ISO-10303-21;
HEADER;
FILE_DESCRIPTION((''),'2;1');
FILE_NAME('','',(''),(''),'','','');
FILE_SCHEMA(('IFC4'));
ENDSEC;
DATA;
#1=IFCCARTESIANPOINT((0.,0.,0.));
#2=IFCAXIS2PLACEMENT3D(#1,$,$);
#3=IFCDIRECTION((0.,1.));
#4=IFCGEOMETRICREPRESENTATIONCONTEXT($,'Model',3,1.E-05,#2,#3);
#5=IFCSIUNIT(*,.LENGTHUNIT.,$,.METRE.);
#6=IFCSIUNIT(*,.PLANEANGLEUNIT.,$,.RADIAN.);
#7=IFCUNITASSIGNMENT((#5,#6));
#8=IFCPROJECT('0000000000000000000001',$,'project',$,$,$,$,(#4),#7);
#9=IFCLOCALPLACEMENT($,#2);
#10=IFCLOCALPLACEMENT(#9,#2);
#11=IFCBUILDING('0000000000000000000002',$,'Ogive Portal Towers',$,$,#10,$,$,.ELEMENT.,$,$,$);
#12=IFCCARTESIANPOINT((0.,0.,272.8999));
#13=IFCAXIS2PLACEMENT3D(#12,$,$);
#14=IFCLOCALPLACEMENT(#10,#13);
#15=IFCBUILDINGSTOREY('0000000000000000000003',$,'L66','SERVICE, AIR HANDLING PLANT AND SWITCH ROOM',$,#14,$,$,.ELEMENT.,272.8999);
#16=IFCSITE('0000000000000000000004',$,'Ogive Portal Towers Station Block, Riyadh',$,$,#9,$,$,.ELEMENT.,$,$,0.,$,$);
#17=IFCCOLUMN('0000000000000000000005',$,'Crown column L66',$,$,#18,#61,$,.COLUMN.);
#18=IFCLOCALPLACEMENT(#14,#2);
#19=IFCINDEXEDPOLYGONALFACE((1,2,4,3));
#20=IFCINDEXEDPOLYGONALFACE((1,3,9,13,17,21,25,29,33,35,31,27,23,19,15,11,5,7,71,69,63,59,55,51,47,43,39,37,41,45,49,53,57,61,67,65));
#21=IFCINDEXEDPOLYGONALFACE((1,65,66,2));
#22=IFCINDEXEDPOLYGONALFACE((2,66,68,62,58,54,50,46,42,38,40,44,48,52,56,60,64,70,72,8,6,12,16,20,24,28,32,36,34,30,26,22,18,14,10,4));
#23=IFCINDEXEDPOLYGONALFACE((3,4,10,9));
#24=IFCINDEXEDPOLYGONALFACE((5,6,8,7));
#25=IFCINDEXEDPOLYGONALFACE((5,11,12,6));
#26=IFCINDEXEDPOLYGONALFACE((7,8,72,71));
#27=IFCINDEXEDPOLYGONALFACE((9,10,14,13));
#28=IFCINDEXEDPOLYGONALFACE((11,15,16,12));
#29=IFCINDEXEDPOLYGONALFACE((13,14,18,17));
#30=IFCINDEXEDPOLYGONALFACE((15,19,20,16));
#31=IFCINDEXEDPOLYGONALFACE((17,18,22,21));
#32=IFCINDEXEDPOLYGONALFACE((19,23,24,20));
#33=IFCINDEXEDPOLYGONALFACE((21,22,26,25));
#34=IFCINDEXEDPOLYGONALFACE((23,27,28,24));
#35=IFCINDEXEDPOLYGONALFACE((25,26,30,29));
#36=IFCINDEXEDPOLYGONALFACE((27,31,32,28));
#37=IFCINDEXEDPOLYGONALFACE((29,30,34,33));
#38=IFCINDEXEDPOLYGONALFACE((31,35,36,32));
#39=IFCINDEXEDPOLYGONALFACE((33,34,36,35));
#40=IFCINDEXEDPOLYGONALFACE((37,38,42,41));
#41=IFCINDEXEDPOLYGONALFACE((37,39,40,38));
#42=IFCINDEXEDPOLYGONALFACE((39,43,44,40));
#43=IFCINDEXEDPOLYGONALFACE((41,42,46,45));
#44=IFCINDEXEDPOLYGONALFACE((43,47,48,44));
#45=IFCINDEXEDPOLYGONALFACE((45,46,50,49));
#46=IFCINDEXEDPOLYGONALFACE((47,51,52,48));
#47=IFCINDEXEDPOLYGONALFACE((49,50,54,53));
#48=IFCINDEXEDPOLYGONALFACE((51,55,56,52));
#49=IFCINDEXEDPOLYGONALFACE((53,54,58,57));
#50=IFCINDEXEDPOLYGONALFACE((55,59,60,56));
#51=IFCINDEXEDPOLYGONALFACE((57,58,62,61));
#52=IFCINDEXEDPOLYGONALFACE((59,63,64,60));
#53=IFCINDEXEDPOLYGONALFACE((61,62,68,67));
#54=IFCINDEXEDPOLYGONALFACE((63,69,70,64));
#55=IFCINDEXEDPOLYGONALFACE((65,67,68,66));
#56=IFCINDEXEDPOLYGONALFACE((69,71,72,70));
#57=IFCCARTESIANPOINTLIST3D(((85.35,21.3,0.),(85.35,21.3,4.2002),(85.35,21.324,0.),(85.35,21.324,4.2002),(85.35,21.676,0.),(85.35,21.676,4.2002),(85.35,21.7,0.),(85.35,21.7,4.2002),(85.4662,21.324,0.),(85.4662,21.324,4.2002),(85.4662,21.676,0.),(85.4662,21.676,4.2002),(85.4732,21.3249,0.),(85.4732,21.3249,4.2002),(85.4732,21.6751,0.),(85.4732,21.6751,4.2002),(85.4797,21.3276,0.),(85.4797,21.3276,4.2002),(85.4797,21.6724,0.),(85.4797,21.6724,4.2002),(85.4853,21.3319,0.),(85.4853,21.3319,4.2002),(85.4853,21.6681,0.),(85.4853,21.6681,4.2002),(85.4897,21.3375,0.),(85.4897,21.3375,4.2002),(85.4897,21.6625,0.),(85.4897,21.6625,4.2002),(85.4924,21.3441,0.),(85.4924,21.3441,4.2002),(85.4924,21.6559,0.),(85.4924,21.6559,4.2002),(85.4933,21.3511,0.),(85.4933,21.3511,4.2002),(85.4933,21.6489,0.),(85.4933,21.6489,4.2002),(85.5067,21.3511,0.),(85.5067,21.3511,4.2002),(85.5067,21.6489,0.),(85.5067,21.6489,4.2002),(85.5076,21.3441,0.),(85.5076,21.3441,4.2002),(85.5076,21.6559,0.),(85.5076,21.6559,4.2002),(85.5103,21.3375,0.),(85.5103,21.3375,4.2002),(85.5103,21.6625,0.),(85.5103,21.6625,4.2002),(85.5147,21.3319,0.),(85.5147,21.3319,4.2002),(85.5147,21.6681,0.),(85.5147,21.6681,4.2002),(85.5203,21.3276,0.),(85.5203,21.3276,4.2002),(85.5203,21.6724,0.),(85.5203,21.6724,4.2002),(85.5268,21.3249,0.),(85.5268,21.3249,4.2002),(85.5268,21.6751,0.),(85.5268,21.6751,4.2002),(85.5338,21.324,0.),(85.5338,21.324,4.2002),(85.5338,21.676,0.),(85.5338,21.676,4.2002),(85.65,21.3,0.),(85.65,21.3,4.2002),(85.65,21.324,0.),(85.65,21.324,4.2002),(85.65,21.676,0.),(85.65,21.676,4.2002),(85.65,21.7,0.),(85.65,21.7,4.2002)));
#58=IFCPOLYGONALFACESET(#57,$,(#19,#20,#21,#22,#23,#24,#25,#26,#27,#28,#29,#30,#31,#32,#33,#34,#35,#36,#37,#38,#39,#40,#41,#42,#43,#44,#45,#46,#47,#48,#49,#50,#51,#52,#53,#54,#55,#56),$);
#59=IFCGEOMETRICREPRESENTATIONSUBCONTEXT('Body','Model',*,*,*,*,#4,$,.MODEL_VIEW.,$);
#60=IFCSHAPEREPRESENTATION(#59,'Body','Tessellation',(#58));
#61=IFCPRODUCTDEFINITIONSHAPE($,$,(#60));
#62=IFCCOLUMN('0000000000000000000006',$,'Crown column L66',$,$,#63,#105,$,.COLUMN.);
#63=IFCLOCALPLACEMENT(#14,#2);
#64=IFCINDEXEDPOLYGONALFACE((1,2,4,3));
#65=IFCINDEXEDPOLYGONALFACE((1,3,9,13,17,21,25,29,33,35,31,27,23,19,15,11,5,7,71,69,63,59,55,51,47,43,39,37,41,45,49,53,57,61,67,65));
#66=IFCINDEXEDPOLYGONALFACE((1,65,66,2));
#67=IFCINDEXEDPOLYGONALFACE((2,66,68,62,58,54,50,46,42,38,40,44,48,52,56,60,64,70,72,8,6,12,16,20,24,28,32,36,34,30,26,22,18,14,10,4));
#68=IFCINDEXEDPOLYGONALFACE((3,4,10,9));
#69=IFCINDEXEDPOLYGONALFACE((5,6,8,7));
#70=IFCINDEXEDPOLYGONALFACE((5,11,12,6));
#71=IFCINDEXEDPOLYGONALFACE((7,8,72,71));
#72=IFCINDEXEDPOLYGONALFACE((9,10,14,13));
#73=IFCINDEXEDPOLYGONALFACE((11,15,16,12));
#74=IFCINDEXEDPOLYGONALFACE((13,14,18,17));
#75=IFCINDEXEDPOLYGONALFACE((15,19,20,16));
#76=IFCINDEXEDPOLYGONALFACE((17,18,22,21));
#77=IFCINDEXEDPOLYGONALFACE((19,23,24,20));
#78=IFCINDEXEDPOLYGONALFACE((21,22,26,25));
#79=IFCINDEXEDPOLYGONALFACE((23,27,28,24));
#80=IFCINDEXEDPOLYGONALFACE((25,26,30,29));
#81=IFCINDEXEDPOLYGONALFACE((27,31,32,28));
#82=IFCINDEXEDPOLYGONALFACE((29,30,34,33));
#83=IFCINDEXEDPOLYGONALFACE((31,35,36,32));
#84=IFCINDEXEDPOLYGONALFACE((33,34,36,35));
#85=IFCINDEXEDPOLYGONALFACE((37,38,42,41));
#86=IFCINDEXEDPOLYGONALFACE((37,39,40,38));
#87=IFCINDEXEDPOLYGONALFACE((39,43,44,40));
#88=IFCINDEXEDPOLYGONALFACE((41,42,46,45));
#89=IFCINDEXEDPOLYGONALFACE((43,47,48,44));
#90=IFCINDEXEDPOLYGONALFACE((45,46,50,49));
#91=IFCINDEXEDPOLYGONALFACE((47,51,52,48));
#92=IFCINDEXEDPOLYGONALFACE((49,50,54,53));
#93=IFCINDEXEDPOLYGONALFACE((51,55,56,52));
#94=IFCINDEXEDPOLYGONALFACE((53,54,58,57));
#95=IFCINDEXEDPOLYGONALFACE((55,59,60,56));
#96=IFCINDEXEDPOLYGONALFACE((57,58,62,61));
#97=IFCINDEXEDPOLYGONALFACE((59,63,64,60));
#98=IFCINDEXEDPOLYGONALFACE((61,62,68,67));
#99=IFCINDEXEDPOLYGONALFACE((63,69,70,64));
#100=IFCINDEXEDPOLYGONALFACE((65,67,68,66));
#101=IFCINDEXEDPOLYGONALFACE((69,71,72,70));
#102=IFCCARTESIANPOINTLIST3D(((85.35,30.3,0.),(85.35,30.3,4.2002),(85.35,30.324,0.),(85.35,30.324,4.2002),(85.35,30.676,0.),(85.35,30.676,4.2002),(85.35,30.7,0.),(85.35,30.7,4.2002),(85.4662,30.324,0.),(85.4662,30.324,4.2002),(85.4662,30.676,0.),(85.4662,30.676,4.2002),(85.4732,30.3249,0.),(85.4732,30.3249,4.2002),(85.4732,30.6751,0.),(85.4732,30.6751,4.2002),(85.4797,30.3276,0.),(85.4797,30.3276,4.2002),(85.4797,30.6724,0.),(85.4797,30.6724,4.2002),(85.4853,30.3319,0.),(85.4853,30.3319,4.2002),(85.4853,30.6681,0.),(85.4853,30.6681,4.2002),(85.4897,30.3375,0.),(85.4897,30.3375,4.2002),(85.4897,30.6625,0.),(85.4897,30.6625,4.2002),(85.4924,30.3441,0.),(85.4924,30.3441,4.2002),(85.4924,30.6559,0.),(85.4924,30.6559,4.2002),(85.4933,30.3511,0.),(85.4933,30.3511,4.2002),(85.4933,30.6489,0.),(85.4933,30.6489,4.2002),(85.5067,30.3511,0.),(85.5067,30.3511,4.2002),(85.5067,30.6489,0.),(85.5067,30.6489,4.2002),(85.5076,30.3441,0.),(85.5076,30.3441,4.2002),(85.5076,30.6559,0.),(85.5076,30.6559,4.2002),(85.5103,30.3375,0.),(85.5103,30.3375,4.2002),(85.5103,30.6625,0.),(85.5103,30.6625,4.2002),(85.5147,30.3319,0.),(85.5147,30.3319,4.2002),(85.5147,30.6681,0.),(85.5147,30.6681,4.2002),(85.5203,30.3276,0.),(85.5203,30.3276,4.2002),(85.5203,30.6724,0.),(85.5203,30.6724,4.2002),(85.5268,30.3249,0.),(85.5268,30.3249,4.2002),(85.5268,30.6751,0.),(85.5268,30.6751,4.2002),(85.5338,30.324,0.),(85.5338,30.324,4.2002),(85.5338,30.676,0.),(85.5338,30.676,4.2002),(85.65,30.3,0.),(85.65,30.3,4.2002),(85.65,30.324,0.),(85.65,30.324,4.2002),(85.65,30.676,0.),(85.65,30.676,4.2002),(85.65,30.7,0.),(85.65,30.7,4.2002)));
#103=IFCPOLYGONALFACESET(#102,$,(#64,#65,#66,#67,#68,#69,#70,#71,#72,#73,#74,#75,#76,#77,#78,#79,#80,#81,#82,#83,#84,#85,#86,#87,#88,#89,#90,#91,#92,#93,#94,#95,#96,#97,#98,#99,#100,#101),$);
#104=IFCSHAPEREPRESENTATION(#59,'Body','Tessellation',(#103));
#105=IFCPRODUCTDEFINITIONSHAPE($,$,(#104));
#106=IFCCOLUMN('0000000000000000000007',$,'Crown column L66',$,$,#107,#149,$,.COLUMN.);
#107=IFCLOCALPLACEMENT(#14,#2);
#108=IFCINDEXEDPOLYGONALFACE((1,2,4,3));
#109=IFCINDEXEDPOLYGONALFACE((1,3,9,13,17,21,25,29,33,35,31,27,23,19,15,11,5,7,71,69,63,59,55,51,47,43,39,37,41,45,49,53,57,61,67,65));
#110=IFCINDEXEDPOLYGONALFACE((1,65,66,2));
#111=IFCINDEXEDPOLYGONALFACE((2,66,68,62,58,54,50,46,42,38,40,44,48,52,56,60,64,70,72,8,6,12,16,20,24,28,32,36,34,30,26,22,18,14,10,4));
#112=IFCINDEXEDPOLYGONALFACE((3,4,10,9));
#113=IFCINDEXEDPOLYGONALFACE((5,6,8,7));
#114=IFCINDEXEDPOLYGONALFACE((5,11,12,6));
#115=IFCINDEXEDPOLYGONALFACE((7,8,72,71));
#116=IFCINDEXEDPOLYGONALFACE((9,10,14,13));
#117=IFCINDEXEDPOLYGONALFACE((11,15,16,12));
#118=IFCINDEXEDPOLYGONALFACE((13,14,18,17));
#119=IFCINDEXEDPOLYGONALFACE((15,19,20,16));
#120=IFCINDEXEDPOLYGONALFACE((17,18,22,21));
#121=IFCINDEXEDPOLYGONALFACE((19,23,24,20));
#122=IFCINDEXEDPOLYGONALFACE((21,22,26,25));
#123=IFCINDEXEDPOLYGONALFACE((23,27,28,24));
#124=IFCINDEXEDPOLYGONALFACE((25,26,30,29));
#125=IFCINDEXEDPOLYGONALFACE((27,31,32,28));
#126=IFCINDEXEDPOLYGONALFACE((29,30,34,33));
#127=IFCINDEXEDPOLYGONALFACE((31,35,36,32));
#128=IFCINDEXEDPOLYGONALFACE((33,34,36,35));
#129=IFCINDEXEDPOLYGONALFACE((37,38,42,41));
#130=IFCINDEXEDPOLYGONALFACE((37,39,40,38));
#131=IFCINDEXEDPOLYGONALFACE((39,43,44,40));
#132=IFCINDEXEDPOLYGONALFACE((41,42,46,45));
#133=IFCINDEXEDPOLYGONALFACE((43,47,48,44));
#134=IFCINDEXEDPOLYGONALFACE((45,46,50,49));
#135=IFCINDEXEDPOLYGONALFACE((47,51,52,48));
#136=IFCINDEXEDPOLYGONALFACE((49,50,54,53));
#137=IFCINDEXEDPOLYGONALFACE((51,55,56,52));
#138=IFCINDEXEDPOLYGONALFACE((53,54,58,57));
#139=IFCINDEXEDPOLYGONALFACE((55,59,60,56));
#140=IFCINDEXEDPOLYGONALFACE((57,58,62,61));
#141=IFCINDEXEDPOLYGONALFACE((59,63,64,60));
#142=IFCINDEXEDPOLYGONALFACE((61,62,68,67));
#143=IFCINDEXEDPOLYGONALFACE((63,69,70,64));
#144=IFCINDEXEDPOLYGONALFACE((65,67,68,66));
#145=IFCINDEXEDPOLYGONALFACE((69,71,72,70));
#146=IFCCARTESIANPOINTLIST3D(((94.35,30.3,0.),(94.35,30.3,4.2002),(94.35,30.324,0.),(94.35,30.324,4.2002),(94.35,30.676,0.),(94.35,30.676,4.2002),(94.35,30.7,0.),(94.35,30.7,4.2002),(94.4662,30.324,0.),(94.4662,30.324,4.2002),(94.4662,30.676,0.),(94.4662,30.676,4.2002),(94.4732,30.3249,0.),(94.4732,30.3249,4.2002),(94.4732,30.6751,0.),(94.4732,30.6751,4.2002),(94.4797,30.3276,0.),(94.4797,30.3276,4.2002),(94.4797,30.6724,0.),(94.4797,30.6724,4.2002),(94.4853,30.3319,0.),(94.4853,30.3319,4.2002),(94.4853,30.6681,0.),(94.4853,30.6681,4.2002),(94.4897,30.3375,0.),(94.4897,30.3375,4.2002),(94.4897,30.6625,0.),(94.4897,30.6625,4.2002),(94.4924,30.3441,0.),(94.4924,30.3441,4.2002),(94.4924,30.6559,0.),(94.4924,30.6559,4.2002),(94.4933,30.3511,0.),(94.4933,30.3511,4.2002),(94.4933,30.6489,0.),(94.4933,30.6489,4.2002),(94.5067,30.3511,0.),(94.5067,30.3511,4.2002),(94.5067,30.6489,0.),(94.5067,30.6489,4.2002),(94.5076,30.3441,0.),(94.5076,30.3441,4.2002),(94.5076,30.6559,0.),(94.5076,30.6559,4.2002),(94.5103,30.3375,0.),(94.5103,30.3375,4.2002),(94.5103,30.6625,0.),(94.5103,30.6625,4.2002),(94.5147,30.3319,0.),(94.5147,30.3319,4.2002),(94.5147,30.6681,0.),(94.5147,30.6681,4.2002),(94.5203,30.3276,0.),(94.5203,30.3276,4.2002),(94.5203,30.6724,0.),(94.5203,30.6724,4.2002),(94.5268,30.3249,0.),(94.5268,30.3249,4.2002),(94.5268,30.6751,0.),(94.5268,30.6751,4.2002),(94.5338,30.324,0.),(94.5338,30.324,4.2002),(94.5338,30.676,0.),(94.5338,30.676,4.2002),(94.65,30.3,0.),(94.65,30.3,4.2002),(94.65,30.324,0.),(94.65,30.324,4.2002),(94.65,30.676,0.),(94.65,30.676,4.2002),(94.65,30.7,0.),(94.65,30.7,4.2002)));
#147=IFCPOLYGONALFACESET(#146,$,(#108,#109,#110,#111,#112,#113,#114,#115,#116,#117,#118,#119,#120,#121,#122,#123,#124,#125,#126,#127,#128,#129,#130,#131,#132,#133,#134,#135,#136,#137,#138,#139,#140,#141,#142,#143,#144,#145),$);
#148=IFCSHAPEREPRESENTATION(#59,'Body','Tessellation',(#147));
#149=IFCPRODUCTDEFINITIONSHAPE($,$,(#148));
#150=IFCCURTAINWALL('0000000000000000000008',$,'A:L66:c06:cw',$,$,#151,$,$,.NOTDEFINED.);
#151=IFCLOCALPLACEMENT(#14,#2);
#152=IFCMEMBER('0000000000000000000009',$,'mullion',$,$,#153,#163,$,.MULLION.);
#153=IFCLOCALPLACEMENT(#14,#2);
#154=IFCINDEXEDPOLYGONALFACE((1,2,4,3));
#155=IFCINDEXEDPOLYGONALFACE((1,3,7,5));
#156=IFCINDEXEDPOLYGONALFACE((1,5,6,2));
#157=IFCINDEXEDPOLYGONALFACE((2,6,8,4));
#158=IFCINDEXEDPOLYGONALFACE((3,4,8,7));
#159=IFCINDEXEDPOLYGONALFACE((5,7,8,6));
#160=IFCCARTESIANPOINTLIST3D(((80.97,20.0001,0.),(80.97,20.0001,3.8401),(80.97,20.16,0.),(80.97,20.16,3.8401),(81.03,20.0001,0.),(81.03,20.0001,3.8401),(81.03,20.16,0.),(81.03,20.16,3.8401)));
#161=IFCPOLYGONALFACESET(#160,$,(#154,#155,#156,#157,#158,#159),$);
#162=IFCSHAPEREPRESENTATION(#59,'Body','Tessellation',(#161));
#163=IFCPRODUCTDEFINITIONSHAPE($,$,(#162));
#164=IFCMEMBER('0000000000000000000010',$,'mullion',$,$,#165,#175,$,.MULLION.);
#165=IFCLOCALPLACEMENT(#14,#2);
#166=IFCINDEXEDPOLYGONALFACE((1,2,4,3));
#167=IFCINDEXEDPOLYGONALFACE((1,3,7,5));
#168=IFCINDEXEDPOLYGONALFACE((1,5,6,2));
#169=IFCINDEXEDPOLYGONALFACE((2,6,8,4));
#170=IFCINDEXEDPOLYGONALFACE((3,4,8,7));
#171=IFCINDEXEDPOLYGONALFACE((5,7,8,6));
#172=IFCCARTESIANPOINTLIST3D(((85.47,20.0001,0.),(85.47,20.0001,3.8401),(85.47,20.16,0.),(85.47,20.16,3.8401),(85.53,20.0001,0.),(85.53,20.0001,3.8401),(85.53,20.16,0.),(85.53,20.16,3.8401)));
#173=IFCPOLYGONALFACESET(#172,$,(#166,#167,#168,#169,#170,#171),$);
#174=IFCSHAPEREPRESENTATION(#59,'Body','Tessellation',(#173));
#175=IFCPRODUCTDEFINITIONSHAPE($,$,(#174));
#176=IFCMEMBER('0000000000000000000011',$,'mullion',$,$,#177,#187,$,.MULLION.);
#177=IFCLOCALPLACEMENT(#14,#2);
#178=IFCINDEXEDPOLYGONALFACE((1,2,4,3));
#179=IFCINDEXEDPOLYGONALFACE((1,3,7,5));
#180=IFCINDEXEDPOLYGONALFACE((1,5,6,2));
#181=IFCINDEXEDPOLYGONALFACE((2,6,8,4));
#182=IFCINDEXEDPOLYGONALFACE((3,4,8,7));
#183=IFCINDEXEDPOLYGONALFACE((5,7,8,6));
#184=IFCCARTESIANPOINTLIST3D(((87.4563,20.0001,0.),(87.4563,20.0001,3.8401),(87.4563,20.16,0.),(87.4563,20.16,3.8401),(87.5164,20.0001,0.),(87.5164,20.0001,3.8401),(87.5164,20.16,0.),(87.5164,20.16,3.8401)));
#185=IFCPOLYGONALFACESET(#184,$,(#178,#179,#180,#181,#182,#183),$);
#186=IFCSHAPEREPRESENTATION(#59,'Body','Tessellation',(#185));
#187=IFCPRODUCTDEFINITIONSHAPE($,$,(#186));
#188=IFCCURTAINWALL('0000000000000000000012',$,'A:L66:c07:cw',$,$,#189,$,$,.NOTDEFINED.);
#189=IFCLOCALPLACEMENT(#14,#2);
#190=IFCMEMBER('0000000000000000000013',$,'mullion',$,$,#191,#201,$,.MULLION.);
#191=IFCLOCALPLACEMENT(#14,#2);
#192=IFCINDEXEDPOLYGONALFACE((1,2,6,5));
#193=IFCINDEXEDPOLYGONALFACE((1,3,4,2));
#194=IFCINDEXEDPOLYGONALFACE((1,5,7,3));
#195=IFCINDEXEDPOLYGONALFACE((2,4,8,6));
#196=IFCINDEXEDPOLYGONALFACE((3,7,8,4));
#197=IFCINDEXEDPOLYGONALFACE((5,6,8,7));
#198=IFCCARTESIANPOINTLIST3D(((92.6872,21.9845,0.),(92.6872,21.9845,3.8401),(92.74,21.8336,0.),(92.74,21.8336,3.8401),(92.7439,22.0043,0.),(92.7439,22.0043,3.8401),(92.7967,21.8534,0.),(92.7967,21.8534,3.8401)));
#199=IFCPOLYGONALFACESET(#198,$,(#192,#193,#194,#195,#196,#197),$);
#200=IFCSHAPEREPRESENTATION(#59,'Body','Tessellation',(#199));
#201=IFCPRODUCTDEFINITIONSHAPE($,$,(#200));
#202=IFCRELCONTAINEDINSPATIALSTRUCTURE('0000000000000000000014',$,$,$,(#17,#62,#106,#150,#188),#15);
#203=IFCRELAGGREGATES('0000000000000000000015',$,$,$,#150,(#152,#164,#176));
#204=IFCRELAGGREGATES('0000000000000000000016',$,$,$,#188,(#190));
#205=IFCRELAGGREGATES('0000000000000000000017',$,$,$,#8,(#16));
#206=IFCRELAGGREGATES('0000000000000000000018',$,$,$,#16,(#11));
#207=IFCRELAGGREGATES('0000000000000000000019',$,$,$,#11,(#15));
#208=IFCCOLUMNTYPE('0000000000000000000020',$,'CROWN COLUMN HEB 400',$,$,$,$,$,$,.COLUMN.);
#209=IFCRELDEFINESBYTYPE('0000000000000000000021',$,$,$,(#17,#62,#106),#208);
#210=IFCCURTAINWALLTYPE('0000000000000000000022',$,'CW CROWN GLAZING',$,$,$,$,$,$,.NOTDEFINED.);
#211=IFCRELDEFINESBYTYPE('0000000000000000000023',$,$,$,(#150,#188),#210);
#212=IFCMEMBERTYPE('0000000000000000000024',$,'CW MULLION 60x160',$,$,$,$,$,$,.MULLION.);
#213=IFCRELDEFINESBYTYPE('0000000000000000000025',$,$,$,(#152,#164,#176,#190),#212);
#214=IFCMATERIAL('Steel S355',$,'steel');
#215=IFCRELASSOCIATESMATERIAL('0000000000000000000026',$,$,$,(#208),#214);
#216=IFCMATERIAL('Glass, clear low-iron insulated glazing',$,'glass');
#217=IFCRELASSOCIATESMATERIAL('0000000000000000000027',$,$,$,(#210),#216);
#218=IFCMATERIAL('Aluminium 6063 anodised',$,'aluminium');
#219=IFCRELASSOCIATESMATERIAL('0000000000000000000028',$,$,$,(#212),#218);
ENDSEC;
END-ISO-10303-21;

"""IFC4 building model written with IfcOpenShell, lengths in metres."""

from ifc_helpers import new_model, si_unit, direction, frame, origin, origin_2d, place, context, subcontext, project, spatial, rectangle, i_section, extrude, material, material_profile, profile_set, type_object, element, aggregate, save


model = new_model("IFC4")

# Units and contexts
model_context = context("Model", 3, precision=1e-05, world=origin(), true_north=direction((0.0, 1.0)))
body_context = subcontext(model_context, "Body", "Model", "MODEL_VIEW")
ifc_project = project(units=[si_unit("LENGTHUNIT", "METRE"), si_unit("PLANEANGLEUNIT", "RADIAN")], contexts=[model_context])

# Site, building, storey
site_placement = place(None, origin())
site = spatial("IfcSite", under=ifc_project, at=site_placement, Name="Ogive Portal Towers Station Block, Riyadh", CompositionType="ELEMENT", RefElevation=0.0)
building_placement = place(site_placement, origin())
building = spatial("IfcBuilding", under=site, at=building_placement, Name="Ogive Portal Towers", CompositionType="ELEMENT")
storey_placement = place(building_placement, frame((0.0, 0.0, 272.8999)))
storey = spatial("IfcBuildingStorey", under=building, at=storey_placement, Name="L66", Description="SERVICE, AIR HANDLING PLANT AND SWITCH ROOM", CompositionType="ELEMENT", Elevation=272.8999)

# Columns
ifc_material_1 = material(Name="Steel S355", Category="steel")
ifc_material_profile_1 = material_profile(ifc_material_1, i_section(OverallWidth=0.3, OverallDepth=0.3999, WebThickness=0.0134, FlangeThickness=0.0239, FilletRadius=0.0271, at=origin_2d()), Name="HEB 400")
ifc_profile_set_1 = profile_set([ifc_material_profile_1], Name="Steel S355")
column_type = type_object("IfcColumnType", Name="CROWN COLUMN HEB 400", PredefinedType="COLUMN", material=ifc_profile_set_1)
for number, where, z_axis, x_axis, name in (
    (1, (85.5, 21.5, 0.0), (0.0, 0.0, 1.0), (1.0, 0.0, 0.0), "Crown column L66"),
    (2, (85.5, 30.5, 0.0), (0.0, 0.0, 1.0), (1.0, 0.0, 0.0), "Crown column L66"),
    (3, (94.5, 30.5, 0.0), (0.0, 0.0, 1.0), (1.0, 0.0, 0.0), "Crown column L66"),
):
    element("IfcColumn", number, at=place(storey_placement, frame(where, z_axis=z_axis, x_axis=x_axis)), inside=storey, type_object=column_type, Name=name, PredefinedType="COLUMN", context=body_context, shape_type="SweptSolid", body=[
        extrude(i_section(OverallWidth=0.3, OverallDepth=0.3999, WebThickness=0.0134, FlangeThickness=0.0239, FilletRadius=0.0271, at=origin_2d()), origin(), (0.0, 0.0, 1.0), 4.2002),
    ])

# Curtain wall, members
ifc_material_2 = material(Name="Glass, clear low-iron insulated glazing", Category="glass")
curtain_wall_type = type_object("IfcCurtainWallType", Name="CW CROWN GLAZING", PredefinedType="NOTDEFINED", material=ifc_material_2)
curtain_wall_1_placement = place(storey_placement, origin())
curtain_wall_1 = element("IfcCurtainWall", 4, at=curtain_wall_1_placement, inside=storey, type_object=curtain_wall_type, Name="A:L66:c06:cw", PredefinedType="NOTDEFINED")
ifc_material_3 = material(Name="Aluminium 6063 anodised", Category="aluminium")
ifc_material_profile_2 = material_profile(ifc_material_3, rectangle(XDim=0.1599, YDim=0.0601, at=origin_2d()), Name="AL 60x160")
ifc_profile_set_2 = profile_set([ifc_material_profile_2], Name="Aluminium 6063 anodised")
member_type_1 = type_object("IfcMemberType", Name="CW MULLION 60x160", PredefinedType="MULLION", material=ifc_profile_set_2)
member_1_placement = place(storey_placement, frame((81.0, 20.0801, 0.0), z_axis=(0.0, 0.0, 1.0), x_axis=(0.0, 1.0, 0.0)))
member_1 = element("IfcMember", 5, at=member_1_placement, type_object=member_type_1, Name="mullion", PredefinedType="MULLION", context=body_context, shape_type="SweptSolid", body=[
    extrude(rectangle(XDim=0.1599, YDim=0.0601, at=origin_2d()), origin(), (0.0, 0.0, 1.0), 3.8401),
])
member_2_placement = place(storey_placement, frame((85.5, 20.0801, 0.0), z_axis=(0.0, 0.0, 1.0), x_axis=(0.0, 1.0, 0.0)))
member_2 = element("IfcMember", 6, at=member_2_placement, type_object=member_type_1, Name="mullion", PredefinedType="MULLION", context=body_context, shape_type="SweptSolid", body=[
    extrude(rectangle(XDim=0.1599, YDim=0.0601, at=origin_2d()), origin(), (0.0, 0.0, 1.0), 3.8401),
])
member_3_placement = place(storey_placement, frame((87.4863, 20.0801, 0.0), z_axis=(0.0, 0.0, 1.0), x_axis=(0.0, 1.0, 0.0)))
member_3 = element("IfcMember", 7, at=member_3_placement, type_object=member_type_1, Name="mullion", PredefinedType="MULLION", context=body_context, shape_type="SweptSolid", body=[
    extrude(rectangle(XDim=0.1599, YDim=0.0601, at=origin_2d()), origin(), (0.0, 0.0, 1.0), 3.8401),
])

# Curtain wall, member
curtain_wall_2_placement = place(storey_placement, origin())
curtain_wall_2 = element("IfcCurtainWall", 8, at=curtain_wall_2_placement, inside=storey, type_object=curtain_wall_type, Name="A:L66:c07:cw", PredefinedType="NOTDEFINED")
member_4_placement = place(storey_placement, frame((92.7419, 21.9189, 0.0), z_axis=(0.0, 0.0, 1.0), x_axis=(-0.330279, 0.943883, 0.0)))
member_4 = element("IfcMember", 9, at=member_4_placement, type_object=member_type_1, Name="mullion", PredefinedType="MULLION", context=body_context, shape_type="SweptSolid", body=[
    extrude(rectangle(XDim=0.1599, YDim=0.0601, at=origin_2d()), origin(), (0.0, 0.0, 1.0), 3.8401),
])

aggregate(curtain_wall_1, [member_1, member_2, member_3])
aggregate(curtain_wall_2, [member_4])

save(model, "model.ifc")
